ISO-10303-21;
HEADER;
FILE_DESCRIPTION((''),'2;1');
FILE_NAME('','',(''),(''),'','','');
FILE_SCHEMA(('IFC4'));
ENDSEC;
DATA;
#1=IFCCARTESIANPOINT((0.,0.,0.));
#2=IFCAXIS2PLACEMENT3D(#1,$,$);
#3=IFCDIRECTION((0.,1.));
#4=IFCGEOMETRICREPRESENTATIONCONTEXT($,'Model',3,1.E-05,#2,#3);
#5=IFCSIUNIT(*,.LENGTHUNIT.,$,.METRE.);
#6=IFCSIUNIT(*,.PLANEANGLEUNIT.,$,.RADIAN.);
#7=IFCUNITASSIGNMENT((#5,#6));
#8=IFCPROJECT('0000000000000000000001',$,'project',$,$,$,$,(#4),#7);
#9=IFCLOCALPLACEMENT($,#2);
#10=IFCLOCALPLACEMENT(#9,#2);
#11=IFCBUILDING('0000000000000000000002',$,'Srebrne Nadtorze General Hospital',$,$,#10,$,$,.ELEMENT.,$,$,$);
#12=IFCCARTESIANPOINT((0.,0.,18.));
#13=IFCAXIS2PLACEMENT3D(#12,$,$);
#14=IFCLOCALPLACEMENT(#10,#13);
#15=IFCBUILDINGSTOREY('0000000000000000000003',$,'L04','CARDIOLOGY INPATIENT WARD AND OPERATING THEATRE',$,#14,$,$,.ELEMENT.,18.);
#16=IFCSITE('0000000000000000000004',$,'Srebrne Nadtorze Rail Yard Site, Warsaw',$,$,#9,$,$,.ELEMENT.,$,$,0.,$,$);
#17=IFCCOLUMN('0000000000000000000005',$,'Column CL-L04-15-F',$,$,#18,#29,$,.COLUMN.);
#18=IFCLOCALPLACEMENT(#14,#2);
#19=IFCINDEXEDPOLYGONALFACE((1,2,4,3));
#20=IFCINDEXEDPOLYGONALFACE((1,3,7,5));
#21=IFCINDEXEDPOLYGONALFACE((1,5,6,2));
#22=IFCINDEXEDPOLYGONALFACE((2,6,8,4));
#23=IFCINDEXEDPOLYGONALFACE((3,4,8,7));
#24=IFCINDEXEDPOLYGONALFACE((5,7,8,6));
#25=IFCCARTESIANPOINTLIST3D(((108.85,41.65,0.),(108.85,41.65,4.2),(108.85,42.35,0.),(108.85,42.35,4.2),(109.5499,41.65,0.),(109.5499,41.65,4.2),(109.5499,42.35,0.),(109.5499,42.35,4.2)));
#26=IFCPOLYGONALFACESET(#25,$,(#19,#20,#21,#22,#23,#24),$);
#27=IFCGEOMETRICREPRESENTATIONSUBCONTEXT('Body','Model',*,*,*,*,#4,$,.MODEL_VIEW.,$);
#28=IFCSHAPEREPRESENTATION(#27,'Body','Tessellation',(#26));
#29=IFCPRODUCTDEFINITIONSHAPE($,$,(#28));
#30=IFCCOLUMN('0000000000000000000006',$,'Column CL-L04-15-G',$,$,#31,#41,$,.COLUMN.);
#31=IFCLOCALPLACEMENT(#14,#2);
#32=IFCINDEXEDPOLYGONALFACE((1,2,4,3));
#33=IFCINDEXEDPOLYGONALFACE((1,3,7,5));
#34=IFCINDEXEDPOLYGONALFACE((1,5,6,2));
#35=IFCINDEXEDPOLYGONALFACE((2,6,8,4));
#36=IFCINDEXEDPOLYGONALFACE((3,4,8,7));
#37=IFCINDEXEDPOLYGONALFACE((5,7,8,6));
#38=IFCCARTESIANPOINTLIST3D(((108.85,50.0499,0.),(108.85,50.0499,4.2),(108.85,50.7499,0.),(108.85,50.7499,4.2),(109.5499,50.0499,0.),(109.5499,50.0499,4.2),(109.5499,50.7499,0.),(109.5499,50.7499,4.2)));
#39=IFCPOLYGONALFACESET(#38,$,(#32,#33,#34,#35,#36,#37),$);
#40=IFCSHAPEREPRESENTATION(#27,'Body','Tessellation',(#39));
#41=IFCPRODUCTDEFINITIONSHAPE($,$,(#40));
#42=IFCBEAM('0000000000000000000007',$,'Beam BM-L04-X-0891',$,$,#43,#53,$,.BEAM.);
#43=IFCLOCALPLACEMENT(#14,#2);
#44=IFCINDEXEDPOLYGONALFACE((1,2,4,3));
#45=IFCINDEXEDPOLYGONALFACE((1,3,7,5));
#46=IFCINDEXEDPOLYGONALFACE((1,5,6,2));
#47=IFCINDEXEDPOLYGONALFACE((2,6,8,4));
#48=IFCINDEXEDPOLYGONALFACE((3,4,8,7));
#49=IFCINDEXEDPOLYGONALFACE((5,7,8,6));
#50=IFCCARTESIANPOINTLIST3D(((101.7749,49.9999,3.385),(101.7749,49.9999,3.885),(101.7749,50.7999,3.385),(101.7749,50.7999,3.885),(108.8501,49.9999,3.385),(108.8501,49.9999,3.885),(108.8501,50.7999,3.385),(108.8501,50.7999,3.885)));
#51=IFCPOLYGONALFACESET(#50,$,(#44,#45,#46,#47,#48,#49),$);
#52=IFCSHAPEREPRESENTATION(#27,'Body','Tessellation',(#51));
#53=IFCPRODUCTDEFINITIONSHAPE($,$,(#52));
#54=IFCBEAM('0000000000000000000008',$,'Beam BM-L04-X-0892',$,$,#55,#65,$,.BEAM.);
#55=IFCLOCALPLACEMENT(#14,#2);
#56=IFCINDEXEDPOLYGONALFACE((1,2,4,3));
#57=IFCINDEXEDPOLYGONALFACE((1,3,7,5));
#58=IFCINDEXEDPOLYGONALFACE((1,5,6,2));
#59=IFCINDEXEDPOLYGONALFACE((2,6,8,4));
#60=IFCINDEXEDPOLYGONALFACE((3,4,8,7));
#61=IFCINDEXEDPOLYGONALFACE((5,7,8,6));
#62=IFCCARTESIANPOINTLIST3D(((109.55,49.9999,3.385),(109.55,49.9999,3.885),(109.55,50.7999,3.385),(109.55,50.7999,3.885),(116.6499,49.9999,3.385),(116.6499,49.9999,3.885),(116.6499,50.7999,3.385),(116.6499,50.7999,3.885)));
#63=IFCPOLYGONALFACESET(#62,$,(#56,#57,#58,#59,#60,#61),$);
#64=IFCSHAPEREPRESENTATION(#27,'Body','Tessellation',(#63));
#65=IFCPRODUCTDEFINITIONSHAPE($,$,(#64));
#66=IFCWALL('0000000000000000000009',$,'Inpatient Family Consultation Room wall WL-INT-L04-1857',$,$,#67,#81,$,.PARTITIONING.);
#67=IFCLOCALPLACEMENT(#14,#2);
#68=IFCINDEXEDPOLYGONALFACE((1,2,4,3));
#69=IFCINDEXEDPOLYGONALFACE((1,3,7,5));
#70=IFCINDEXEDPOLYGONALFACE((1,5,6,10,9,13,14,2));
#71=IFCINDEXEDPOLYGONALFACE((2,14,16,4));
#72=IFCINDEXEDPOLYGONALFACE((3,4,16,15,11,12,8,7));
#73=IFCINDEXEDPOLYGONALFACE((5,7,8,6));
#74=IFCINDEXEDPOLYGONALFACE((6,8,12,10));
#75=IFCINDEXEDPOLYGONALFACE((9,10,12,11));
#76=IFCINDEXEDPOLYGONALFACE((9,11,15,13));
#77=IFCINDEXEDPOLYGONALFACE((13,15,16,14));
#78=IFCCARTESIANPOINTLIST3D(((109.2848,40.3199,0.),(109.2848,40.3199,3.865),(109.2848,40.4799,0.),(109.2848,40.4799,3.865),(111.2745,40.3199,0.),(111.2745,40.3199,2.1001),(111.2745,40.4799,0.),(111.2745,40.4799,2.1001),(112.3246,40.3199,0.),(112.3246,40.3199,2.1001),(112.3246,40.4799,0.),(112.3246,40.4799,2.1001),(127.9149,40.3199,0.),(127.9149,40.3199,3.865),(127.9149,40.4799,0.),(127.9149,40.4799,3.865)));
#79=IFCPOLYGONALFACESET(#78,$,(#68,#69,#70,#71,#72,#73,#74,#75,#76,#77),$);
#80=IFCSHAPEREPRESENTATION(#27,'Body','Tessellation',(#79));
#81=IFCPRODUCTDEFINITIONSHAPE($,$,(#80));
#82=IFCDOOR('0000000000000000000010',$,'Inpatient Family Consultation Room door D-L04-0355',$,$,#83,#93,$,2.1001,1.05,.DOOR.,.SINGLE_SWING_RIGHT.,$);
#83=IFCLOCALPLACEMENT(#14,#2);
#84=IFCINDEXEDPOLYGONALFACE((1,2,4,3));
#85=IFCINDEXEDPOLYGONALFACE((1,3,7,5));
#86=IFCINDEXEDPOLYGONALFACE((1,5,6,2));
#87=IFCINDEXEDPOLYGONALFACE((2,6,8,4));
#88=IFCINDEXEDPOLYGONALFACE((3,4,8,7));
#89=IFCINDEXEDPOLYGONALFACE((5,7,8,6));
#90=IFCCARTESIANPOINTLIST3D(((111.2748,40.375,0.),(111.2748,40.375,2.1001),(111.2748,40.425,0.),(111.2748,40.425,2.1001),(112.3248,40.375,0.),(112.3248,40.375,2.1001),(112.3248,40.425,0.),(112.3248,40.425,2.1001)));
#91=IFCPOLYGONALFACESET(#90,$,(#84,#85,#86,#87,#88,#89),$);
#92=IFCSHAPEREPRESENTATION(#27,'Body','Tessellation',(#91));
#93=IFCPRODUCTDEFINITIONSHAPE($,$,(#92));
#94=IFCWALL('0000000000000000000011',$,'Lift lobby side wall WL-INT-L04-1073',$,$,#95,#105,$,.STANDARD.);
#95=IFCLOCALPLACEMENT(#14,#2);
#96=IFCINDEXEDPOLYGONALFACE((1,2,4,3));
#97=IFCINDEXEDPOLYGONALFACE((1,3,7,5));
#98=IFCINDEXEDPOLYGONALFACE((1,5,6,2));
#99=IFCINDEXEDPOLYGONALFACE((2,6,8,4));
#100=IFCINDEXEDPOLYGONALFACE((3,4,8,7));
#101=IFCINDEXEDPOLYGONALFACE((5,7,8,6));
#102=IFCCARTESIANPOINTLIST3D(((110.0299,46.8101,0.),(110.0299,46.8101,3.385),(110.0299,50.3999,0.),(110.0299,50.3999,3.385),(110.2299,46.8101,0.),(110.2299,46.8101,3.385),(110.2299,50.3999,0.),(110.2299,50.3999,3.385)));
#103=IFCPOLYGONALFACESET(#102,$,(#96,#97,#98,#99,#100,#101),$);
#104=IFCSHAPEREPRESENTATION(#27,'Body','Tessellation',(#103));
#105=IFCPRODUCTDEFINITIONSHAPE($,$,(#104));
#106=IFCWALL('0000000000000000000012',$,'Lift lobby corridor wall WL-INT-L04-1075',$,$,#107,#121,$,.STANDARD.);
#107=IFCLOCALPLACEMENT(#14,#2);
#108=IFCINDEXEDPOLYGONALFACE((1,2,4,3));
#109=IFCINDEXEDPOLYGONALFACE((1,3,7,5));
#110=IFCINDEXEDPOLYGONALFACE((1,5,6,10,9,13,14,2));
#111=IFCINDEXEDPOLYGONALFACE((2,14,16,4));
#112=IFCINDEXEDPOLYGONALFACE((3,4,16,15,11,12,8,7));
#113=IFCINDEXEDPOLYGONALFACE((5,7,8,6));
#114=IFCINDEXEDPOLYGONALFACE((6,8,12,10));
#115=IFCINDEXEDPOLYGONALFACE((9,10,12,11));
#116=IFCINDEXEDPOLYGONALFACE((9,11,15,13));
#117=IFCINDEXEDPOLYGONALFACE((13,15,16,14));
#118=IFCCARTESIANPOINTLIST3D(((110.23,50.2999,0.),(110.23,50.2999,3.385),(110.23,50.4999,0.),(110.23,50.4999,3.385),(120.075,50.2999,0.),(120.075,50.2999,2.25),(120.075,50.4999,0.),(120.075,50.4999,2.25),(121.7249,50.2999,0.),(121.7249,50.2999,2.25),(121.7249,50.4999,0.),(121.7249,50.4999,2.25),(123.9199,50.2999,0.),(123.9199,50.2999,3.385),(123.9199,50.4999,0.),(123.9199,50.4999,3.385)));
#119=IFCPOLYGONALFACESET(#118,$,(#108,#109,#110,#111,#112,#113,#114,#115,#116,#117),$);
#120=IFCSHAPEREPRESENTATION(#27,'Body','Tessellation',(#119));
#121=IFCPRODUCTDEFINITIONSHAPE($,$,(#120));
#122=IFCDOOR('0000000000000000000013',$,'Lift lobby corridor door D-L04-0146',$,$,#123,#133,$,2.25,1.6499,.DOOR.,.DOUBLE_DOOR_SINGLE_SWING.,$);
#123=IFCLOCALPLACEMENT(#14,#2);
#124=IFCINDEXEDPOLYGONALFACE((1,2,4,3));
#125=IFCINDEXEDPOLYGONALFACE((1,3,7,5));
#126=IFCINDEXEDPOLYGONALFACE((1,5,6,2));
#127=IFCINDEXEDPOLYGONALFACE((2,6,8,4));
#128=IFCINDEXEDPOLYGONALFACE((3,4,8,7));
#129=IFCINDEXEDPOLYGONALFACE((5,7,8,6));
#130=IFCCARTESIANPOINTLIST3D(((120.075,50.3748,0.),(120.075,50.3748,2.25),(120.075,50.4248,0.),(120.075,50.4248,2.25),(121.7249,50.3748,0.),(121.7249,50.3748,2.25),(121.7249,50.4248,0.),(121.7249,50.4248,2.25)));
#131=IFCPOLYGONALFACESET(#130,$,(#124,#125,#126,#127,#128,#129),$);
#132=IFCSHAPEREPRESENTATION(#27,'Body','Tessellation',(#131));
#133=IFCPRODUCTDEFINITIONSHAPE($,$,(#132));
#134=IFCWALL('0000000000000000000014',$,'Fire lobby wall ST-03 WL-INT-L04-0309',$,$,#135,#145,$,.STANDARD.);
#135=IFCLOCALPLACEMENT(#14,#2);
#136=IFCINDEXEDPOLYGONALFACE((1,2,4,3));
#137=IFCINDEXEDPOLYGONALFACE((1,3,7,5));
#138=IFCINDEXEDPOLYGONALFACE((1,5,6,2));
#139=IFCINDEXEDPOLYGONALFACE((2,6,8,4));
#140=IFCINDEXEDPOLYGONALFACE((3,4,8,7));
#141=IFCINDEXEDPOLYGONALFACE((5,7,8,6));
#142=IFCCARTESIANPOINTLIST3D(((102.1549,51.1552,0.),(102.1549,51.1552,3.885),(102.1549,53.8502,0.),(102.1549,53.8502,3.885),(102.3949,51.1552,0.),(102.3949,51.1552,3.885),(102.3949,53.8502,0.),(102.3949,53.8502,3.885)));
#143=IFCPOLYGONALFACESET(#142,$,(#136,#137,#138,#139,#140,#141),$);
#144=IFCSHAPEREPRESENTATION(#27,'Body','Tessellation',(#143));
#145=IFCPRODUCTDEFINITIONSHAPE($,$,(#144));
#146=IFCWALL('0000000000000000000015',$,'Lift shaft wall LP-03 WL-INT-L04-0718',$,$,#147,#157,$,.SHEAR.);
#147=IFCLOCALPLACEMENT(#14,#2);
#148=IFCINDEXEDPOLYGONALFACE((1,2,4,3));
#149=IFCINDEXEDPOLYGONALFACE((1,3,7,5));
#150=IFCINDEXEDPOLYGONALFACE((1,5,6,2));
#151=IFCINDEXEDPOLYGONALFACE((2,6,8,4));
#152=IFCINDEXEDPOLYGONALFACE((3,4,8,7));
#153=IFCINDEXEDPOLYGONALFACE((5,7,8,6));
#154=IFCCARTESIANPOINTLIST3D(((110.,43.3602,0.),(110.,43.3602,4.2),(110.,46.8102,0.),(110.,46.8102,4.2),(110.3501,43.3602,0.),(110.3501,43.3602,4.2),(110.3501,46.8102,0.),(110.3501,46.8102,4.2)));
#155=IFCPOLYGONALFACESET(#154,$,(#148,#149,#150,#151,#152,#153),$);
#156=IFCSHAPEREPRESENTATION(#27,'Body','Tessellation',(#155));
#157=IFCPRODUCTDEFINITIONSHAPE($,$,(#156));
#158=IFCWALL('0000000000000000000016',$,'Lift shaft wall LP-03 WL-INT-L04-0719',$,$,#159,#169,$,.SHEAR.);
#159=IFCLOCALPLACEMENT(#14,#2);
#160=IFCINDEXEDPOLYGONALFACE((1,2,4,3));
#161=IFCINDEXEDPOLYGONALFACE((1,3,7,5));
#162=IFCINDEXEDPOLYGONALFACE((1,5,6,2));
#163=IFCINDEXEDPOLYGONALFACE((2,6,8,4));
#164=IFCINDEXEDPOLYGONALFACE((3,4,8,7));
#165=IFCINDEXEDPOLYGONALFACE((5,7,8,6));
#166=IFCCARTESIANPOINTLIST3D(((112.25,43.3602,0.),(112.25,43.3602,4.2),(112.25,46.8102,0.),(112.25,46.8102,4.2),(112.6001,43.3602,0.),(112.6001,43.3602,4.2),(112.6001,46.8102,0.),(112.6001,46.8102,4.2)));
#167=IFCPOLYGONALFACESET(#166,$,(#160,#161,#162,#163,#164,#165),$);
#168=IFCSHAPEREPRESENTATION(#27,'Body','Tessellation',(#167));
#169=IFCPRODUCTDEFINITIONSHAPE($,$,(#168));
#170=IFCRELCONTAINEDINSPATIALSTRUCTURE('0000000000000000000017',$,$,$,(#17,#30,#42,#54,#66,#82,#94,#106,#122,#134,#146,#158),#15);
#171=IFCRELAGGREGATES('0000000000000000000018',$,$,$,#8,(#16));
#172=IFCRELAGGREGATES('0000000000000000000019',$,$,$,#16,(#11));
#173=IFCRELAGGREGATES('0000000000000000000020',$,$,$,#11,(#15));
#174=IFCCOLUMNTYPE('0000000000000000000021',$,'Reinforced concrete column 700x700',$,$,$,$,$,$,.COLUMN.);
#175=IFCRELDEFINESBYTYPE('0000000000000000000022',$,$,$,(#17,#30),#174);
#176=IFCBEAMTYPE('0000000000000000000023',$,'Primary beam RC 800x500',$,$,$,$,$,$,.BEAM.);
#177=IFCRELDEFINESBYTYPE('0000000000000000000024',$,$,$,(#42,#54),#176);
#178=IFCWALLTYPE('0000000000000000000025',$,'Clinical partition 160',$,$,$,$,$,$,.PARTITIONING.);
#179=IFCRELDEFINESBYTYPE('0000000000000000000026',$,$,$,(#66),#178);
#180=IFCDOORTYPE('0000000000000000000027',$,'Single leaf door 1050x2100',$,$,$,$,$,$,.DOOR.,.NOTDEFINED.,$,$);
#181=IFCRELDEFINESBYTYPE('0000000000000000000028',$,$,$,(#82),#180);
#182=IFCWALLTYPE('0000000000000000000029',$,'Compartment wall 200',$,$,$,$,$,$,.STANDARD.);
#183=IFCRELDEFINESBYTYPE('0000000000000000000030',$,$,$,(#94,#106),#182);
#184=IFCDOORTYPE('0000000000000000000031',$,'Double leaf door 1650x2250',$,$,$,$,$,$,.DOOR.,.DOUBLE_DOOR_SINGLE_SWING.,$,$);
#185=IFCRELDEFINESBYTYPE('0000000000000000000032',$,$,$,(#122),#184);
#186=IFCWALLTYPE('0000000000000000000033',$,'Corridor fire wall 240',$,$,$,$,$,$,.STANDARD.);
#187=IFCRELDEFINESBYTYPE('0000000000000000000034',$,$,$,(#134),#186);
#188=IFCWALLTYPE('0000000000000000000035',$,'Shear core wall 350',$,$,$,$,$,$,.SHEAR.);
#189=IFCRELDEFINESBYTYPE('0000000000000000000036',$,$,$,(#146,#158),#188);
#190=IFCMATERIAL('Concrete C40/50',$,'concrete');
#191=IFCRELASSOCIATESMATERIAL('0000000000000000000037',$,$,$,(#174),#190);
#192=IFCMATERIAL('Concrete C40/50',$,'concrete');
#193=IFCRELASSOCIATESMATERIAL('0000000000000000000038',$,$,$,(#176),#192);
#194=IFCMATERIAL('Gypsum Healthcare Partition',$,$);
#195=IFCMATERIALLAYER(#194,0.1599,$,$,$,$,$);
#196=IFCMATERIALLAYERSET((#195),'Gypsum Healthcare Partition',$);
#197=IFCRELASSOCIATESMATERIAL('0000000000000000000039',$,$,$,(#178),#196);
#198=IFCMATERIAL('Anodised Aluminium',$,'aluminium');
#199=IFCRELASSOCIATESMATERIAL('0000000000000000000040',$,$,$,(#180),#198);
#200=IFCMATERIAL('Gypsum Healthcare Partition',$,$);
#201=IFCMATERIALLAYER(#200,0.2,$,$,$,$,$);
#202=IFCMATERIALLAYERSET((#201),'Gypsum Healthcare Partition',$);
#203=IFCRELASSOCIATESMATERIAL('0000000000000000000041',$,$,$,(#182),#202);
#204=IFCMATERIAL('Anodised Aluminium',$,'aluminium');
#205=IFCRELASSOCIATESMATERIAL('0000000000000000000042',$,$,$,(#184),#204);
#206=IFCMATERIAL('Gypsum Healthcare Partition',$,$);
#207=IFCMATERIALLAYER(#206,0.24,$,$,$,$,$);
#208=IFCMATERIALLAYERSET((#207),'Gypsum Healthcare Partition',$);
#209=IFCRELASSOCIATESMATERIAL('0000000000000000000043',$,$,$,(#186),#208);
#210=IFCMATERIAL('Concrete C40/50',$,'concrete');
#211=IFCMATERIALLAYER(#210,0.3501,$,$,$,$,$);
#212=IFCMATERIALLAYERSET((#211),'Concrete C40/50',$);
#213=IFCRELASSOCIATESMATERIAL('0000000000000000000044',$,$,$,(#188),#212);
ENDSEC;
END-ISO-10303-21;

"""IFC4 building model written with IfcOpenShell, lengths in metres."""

from ifc_helpers import new_model, si_unit, direction, frame, frame_2d, origin, origin_2d, place, context, subcontext, project, spatial, rectangle, extrude, material, layer, layer_set, material_profile, profile_set, type_object, element, fill, save


model = new_model("IFC4")

# Units and contexts
model_context = context("Model", 3, precision=1e-05, world=origin(), true_north=direction((0.0, 1.0)))
body_context = subcontext(model_context, "Body", "Model", "MODEL_VIEW")
ifc_project = project(units=[si_unit("LENGTHUNIT", "METRE"), si_unit("PLANEANGLEUNIT", "RADIAN")], contexts=[model_context])

# Site, building, storey
site_placement = place(None, origin())
site = spatial("IfcSite", under=ifc_project, at=site_placement, Name="Srebrne Nadtorze Rail Yard Site, Warsaw", CompositionType="ELEMENT", RefElevation=0.0)
building_placement = place(site_placement, origin())
building = spatial("IfcBuilding", under=site, at=building_placement, Name="Srebrne Nadtorze General Hospital", CompositionType="ELEMENT")
storey_placement = place(building_placement, frame((0.0, 0.0, 18.0)))
storey = spatial("IfcBuildingStorey", under=building, at=storey_placement, Name="L04", Description="CARDIOLOGY INPATIENT WARD AND OPERATING THEATRE", CompositionType="ELEMENT", Elevation=18.0)

# Columns
ifc_material_1 = material(Name="Concrete C40/50", Category="concrete")
ifc_material_profile_1 = material_profile(ifc_material_1, rectangle(XDim=0.7, YDim=0.7, at=origin_2d()), Name="RC-COL-700x700")
ifc_profile_set_1 = profile_set([ifc_material_profile_1], Name="Concrete C40/50")
column_type = type_object("IfcColumnType", Name="Reinforced concrete column 700x700", PredefinedType="COLUMN", material=ifc_profile_set_1)
for number, where, z_axis, x_axis, name in (
    (1, (109.2, 42.0, 0.0), (0.0, 0.0, 1.0), (1.0, 0.0, 0.0), "Column CL-L04-15-F"),
    (2, (109.2, 50.3999, 0.0), (0.0, 0.0, 1.0), (1.0, 0.0, 0.0), "Column CL-L04-15-G"),
):
    element("IfcColumn", number, at=place(storey_placement, frame(where, z_axis=z_axis, x_axis=x_axis)), inside=storey, type_object=column_type, Name=name, PredefinedType="COLUMN", context=body_context, shape_type="SweptSolid", body=[
        extrude(rectangle(XDim=0.7, YDim=0.7, at=origin_2d()), origin(), (0.0, 0.0, 1.0), 4.2),
    ])

# Beams
ifc_material_2 = material(Name="Concrete C40/50", Category="concrete")
ifc_material_profile_2 = material_profile(ifc_material_2, rectangle(XDim=0.8, YDim=0.5, at=origin_2d()), Name="RC-BM-800x500")
ifc_profile_set_2 = profile_set([ifc_material_profile_2], Name="Concrete C40/50")
beam_type = type_object("IfcBeamType", Name="Primary beam RC 800x500", PredefinedType="BEAM", material=ifc_profile_set_2)
beam_1_placement = place(storey_placement, frame((101.7749, 50.3999, 3.635), z_axis=(1.0, 0.0, 0.0), x_axis=(0.0, 1.0, 0.0)))
element("IfcBeam", 3, at=beam_1_placement, inside=storey, type_object=beam_type, Name="Beam BM-L04-X-0891", PredefinedType="BEAM", context=body_context, shape_type="SweptSolid", body=[
    extrude(rectangle(XDim=0.8, YDim=0.5, at=origin_2d()), origin(), (0.0, 0.0, 1.0), 7.0752),
])
beam_2_placement = place(storey_placement, frame((109.55, 50.3999, 3.635), z_axis=(1.0, 0.0, 0.0), x_axis=(0.0, 1.0, 0.0)))
element("IfcBeam", 4, at=beam_2_placement, inside=storey, type_object=beam_type, Name="Beam BM-L04-X-0892", PredefinedType="BEAM", context=body_context, shape_type="SweptSolid", body=[
    extrude(rectangle(XDim=0.8, YDim=0.5, at=origin_2d()), origin(), (0.0, 0.0, 1.0), 7.0999),
])

# Wall, opening, door
ifc_material_3 = material(Name="Gypsum Healthcare Partition")
ifc_layer_1 = layer(ifc_material_3, 0.1599)
ifc_layer_set_1 = layer_set([ifc_layer_1], Name="Gypsum Healthcare Partition")
wall_type_1 = type_object("IfcWallType", Name="Clinical partition 160", PredefinedType="PARTITIONING", material=ifc_layer_set_1)
wall_1_placement = place(storey_placement, frame((109.2849, 40.3999, 0.0), z_axis=(0.0, 0.0, 1.0), x_axis=(1.0, 0.0, 0.0)))
wall_1 = element("IfcWall", 5, at=wall_1_placement, inside=storey, type_object=wall_type_1, Name="Inpatient Family Consultation Room wall WL-INT-L04-1857", PredefinedType="PARTITIONING", context=body_context, shape_type="SweptSolid", body=[
    extrude(rectangle(XDim=18.6301, YDim=0.1599, at=frame_2d((9.3149, 0.0))), origin(), (0.0, 0.0, 1.0), 3.865),
])
opening_1_placement = place(wall_1_placement, frame((1.9897, 0.0, 0.0)))
opening_1 = element("IfcOpeningElement", 6, at=opening_1_placement, cuts=wall_1, PredefinedType="OPENING", context=body_context, shape_type="SweptSolid", body=[
    extrude(rectangle(XDim=1.05, YDim=2.1001, at=frame_2d((0.5249, 1.05))), frame((0.0, 0.0918, 0.0), z_axis=(0.0, -1.0, 0.0), x_axis=(1.0, 0.0, 0.0)), (0.0, 0.0, 1.0), 0.1838),
])
ifc_material_4 = material(Name="Anodised Aluminium", Category="aluminium")
door_type_1 = type_object("IfcDoorType", Name="Single leaf door 1050x2100", OperationType="NOTDEFINED", PredefinedType="DOOR", material=ifc_material_4)
door_1_placement = place(opening_1_placement, frame((1.05, 0.0, 0.0), z_axis=(0.0, 0.0, 1.0), x_axis=(-1.0, 0.0, 0.0)))
door_1 = element("IfcDoor", 7, at=door_1_placement, inside=storey, type_object=door_type_1, Name="Inpatient Family Consultation Room door D-L04-0355", OperationType="SINGLE_SWING_RIGHT", OverallHeight=2.1001, OverallWidth=1.05, PredefinedType="DOOR", context=body_context, shape_type="SweptSolid", body=[
    extrude(rectangle(XDim=1.05, YDim=2.1001, at=frame_2d((0.5249, 1.05))), frame((0.0, 0.0249, 0.0), z_axis=(0.0, -1.0, 0.0), x_axis=(1.0, 0.0, 0.0)), (0.0, 0.0, 1.0), 0.05),
])
fill(opening_1, door_1)

# Wall
ifc_material_5 = material(Name="Gypsum Healthcare Partition")
ifc_layer_2 = layer(ifc_material_5, 0.2)
ifc_layer_set_2 = layer_set([ifc_layer_2], Name="Gypsum Healthcare Partition")
wall_type_2 = type_object("IfcWallType", Name="Compartment wall 200", PredefinedType="STANDARD", material=ifc_layer_set_2)
wall_2_placement = place(storey_placement, frame((110.1299, 46.8101, 0.0), z_axis=(0.0, 0.0, 1.0), x_axis=(0.0, 1.0, 0.0)))
element("IfcWall", 8, at=wall_2_placement, inside=storey, type_object=wall_type_2, Name="Lift lobby side wall WL-INT-L04-1073", PredefinedType="STANDARD", context=body_context, shape_type="SweptSolid", body=[
    extrude(rectangle(XDim=3.5898, YDim=0.2, at=frame_2d((1.7949, 0.0))), origin(), (0.0, 0.0, 1.0), 3.385),
])

# Wall, opening, door
wall_3_placement = place(storey_placement, frame((110.23, 50.3999, 0.0), z_axis=(0.0, 0.0, 1.0), x_axis=(1.0, 0.0, 0.0)))
wall_3 = element("IfcWall", 9, at=wall_3_placement, inside=storey, type_object=wall_type_2, Name="Lift lobby corridor wall WL-INT-L04-1075", PredefinedType="STANDARD", context=body_context, shape_type="SweptSolid", body=[
    extrude(rectangle(XDim=13.6899, YDim=0.2, at=frame_2d((6.845, 0.0))), origin(), (0.0, 0.0, 1.0), 3.385),
])
opening_2_placement = place(wall_3_placement, frame((9.845, 0.0, 0.0)))
opening_2 = element("IfcOpeningElement", 10, at=opening_2_placement, cuts=wall_3, PredefinedType="OPENING", context=body_context, shape_type="SweptSolid", body=[
    extrude(rectangle(XDim=1.6499, YDim=2.25, at=frame_2d((0.825, 1.125))), frame((0.0, 0.1118, 0.0), z_axis=(0.0, -1.0, 0.0), x_axis=(1.0, 0.0, 0.0)), (0.0, 0.0, 1.0), 0.2239),
])
ifc_material_6 = material(Name="Anodised Aluminium", Category="aluminium")
door_type_2 = type_object("IfcDoorType", Name="Double leaf door 1650x2250", OperationType="DOUBLE_DOOR_SINGLE_SWING", PredefinedType="DOOR", material=ifc_material_6)
door_2_placement = place(opening_2_placement, origin())
door_2 = element("IfcDoor", 11, at=door_2_placement, inside=storey, type_object=door_type_2, Name="Lift lobby corridor door D-L04-0146", OperationType="DOUBLE_DOOR_SINGLE_SWING", OverallHeight=2.25, OverallWidth=1.6499, PredefinedType="DOOR", context=body_context, shape_type="SweptSolid", body=[
    extrude(rectangle(XDim=1.6499, YDim=2.25, at=frame_2d((0.825, 1.125))), frame((0.0, 0.0249, 0.0), z_axis=(0.0, -1.0, 0.0), x_axis=(1.0, 0.0, 0.0)), (0.0, 0.0, 1.0), 0.05),
])
fill(opening_2, door_2)

# Walls
ifc_material_7 = material(Name="Gypsum Healthcare Partition")
ifc_layer_3 = layer(ifc_material_7, 0.24)
ifc_layer_set_3 = layer_set([ifc_layer_3], Name="Gypsum Healthcare Partition")
wall_type_3 = type_object("IfcWallType", Name="Corridor fire wall 240", PredefinedType="STANDARD", material=ifc_layer_set_3)
wall_4_placement = place(storey_placement, frame((102.2749, 51.155, 0.0), z_axis=(0.0, 0.0, 1.0), x_axis=(0.0, 1.0, 0.0)))
element("IfcWall", 12, at=wall_4_placement, inside=storey, type_object=wall_type_3, Name="Fire lobby wall ST-03 WL-INT-L04-0309", PredefinedType="STANDARD", context=body_context, shape_type="SweptSolid", body=[
    extrude(rectangle(XDim=2.6951, YDim=0.24, at=frame_2d((1.3477, 0.0))), origin(), (0.0, 0.0, 1.0), 3.885),
])
ifc_material_8 = material(Name="Concrete C40/50", Category="concrete")
ifc_layer_4 = layer(ifc_material_8, 0.3501)
ifc_layer_set_4 = layer_set([ifc_layer_4], Name="Concrete C40/50")
wall_type_4 = type_object("IfcWallType", Name="Shear core wall 350", PredefinedType="SHEAR", material=ifc_layer_set_4)
for number, where, z_axis, x_axis, name in (
    (13, (110.175, 43.3601, 0.0), (0.0, 0.0, 1.0), (0.0, 1.0, 0.0), "Lift shaft wall LP-03 WL-INT-L04-0718"),
    (14, (112.425, 43.3601, 0.0), (0.0, 0.0, 1.0), (0.0, 1.0, 0.0), "Lift shaft wall LP-03 WL-INT-L04-0719"),
):
    element("IfcWall", number, at=place(storey_placement, frame(where, z_axis=z_axis, x_axis=x_axis)), inside=storey, type_object=wall_type_4, Name=name, PredefinedType="SHEAR", context=body_context, shape_type="SweptSolid", body=[
        extrude(rectangle(XDim=3.45, YDim=0.3501, at=frame_2d((1.7251, 0.0))), origin(), (0.0, 0.0, 1.0), 4.2),
    ])

save(model, "model.ifc")
